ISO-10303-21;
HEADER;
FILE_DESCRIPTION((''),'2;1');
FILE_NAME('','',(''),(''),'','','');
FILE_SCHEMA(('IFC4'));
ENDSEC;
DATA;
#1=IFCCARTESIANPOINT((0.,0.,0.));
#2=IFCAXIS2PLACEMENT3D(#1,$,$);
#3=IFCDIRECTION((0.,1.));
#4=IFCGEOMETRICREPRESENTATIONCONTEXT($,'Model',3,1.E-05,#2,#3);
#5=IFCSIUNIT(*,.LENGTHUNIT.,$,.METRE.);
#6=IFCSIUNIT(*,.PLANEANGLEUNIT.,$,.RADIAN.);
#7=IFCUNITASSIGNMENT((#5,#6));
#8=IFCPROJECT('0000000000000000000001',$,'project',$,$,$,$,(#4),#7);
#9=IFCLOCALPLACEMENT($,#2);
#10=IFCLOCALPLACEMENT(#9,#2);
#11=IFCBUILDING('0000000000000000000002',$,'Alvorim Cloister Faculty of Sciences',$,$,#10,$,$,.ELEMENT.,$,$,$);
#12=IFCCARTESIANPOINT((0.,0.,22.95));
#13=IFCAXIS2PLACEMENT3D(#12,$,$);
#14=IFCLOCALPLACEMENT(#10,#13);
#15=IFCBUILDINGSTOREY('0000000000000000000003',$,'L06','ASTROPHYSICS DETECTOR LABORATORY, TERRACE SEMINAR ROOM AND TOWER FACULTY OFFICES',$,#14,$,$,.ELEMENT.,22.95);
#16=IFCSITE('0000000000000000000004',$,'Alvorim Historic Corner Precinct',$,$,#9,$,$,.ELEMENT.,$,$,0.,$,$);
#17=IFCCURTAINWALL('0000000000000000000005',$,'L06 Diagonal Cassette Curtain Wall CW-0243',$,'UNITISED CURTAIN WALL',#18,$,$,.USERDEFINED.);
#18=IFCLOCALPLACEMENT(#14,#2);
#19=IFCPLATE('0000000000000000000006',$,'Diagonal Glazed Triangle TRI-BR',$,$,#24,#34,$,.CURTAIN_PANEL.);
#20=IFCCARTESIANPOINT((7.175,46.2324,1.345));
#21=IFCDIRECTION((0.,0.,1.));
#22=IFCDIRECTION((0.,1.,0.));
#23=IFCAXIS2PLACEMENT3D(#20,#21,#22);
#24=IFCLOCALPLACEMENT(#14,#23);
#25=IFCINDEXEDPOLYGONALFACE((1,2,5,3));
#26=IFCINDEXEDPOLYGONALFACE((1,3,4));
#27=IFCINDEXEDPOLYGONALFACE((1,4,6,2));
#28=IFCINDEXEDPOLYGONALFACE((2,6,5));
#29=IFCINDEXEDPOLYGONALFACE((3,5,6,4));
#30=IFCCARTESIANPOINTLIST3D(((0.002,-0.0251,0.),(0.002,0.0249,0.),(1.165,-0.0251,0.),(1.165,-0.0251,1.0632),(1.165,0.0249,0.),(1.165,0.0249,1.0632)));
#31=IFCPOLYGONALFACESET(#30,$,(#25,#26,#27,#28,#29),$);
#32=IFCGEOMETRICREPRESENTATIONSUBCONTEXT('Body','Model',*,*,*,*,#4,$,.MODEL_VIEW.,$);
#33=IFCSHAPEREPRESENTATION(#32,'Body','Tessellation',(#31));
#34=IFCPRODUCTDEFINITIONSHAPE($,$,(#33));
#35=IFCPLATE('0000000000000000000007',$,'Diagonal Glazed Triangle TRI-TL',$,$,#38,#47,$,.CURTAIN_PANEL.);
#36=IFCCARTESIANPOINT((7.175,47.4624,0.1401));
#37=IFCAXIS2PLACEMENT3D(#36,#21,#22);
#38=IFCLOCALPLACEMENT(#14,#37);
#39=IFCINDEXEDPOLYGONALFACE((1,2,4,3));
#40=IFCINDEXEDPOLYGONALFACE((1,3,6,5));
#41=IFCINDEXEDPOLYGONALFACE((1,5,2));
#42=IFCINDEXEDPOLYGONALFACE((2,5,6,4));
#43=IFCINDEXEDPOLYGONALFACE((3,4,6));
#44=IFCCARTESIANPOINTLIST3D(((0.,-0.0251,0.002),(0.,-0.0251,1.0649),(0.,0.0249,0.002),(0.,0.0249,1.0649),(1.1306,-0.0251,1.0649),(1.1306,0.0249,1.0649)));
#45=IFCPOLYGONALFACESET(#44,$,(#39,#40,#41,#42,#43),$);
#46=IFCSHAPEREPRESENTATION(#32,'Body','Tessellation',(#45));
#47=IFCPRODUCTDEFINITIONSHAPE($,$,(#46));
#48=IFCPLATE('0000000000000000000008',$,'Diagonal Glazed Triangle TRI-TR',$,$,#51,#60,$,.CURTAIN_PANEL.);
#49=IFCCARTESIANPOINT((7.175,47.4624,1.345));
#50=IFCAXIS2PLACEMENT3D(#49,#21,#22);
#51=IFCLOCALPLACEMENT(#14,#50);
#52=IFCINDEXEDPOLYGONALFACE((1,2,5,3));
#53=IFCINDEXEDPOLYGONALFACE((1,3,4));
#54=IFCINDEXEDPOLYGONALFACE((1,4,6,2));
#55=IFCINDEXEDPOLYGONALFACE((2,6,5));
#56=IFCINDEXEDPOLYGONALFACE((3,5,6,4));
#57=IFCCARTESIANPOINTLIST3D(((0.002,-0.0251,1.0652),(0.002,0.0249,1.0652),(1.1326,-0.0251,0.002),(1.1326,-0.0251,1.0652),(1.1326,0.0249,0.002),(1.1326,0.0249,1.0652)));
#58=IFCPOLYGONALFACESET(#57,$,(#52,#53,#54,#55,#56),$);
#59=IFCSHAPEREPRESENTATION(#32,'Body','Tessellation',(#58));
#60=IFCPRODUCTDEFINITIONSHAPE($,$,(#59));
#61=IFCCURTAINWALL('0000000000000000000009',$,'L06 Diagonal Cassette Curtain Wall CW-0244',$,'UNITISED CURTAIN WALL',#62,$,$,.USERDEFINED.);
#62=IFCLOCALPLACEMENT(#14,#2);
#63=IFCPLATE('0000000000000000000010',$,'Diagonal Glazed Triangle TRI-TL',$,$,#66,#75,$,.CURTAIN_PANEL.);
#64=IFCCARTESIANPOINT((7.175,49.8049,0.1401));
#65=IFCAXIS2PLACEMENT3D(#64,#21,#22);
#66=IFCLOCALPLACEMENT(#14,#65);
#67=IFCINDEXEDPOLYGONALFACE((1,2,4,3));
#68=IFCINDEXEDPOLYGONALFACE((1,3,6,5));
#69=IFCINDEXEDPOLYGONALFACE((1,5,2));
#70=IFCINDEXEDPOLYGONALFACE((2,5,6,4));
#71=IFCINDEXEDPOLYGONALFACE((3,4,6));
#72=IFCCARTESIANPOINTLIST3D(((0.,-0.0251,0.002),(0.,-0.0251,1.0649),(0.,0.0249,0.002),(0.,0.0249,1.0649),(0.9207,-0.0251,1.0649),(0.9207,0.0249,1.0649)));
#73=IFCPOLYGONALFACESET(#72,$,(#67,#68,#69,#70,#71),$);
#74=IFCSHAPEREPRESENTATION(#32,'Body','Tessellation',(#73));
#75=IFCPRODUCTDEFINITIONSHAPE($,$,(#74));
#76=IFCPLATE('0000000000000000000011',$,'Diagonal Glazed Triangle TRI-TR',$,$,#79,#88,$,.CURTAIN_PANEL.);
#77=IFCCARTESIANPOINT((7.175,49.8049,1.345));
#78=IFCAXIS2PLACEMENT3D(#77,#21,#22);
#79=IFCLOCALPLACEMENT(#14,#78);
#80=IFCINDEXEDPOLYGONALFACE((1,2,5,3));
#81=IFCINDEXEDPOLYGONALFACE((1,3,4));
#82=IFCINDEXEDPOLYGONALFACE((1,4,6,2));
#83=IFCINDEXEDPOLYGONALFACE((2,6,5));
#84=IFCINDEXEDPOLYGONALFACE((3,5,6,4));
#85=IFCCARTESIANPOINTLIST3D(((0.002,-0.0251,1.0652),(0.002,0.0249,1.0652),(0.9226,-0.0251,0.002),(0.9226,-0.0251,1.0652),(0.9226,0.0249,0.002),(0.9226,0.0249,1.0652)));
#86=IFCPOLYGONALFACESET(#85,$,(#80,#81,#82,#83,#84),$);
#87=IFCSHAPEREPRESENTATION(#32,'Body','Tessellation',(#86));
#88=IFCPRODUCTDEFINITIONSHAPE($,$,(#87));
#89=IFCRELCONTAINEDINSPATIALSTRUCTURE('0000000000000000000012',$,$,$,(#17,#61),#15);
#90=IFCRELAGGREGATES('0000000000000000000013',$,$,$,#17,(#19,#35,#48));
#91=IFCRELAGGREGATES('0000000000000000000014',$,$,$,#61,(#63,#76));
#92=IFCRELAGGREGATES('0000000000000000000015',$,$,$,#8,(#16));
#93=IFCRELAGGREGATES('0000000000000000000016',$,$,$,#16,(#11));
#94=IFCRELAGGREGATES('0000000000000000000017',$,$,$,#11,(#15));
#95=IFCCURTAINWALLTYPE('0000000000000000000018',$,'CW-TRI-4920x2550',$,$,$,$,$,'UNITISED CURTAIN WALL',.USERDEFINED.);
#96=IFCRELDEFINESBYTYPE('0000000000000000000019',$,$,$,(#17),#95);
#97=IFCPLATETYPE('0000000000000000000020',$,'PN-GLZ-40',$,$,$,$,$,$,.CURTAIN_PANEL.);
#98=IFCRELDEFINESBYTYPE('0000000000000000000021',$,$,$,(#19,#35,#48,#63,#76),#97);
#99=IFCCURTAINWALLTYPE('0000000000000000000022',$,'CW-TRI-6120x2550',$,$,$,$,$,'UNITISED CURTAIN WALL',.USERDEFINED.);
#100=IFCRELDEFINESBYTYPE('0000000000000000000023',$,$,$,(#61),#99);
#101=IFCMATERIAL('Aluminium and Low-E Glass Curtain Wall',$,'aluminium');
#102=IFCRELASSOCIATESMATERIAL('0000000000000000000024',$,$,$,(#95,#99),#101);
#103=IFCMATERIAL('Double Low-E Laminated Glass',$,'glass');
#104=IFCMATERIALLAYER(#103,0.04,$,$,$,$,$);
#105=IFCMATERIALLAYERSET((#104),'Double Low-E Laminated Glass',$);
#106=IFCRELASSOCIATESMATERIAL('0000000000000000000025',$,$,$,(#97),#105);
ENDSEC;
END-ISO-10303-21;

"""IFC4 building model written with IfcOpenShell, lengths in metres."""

from ifc_helpers import new_model, si_unit, direction, frame, origin, place, context, subcontext, project, spatial, polyline, outline, extrude, material, layer, layer_set, type_object, element, aggregate, save


model = new_model("IFC4")

# Units and contexts
model_context = context("Model", 3, precision=1e-05, world=origin(), true_north=direction((0.0, 1.0)))
body_context = subcontext(model_context, "Body", "Model", "MODEL_VIEW")
ifc_project = project(units=[si_unit("LENGTHUNIT", "METRE"), si_unit("PLANEANGLEUNIT", "RADIAN")], contexts=[model_context])

# Site, building, storey
site_placement = place(None, origin())
site = spatial("IfcSite", under=ifc_project, at=site_placement, Name="Alvorim Historic Corner Precinct", CompositionType="ELEMENT", RefElevation=0.0)
building_placement = place(site_placement, origin())
building = spatial("IfcBuilding", under=site, at=building_placement, Name="Alvorim Cloister Faculty of Sciences", CompositionType="ELEMENT")
storey_placement = place(building_placement, frame((0.0, 0.0, 22.95)))
storey = spatial("IfcBuildingStorey", under=building, at=storey_placement, Name="L06", Description="ASTROPHYSICS DETECTOR LABORATORY, TERRACE SEMINAR ROOM AND TOWER FACULTY OFFICES", CompositionType="ELEMENT", Elevation=22.95)

# Curtain wall, plates
ifc_material_1 = material(Name="Aluminium and Low-E Glass Curtain Wall", Category="aluminium")
curtain_wall_type_1 = type_object("IfcCurtainWallType", Name="CW-TRI-4920x2550", ElementType="UNITISED CURTAIN WALL", PredefinedType="USERDEFINED", material=ifc_material_1)
curtain_wall_1_placement = place(storey_placement, origin())
curtain_wall_1 = element("IfcCurtainWall", 1, at=curtain_wall_1_placement, inside=storey, type_object=curtain_wall_type_1, Name="L06 Diagonal Cassette Curtain Wall CW-0243", ObjectType="UNITISED CURTAIN WALL", PredefinedType="USERDEFINED")
ifc_material_2 = material(Name="Double Low-E Laminated Glass", Category="glass")
ifc_layer_1 = layer(ifc_material_2, 0.04)
ifc_layer_set_1 = layer_set([ifc_layer_1], Name="Double Low-E Laminated Glass")
plate_type = type_object("IfcPlateType", Name="PN-GLZ-40", PredefinedType="CURTAIN_PANEL", material=ifc_layer_set_1)
plate_1_placement = place(storey_placement, frame((7.175, 46.2324, 1.345), z_axis=(0.0, 0.0, 1.0), x_axis=(0.0, 1.0, 0.0)))
plate_1 = element("IfcPlate", 2, at=plate_1_placement, type_object=plate_type, Name="Diagonal Glazed Triangle TRI-BR", PredefinedType="CURTAIN_PANEL", context=body_context, shape_type="SweptSolid", body=[
    extrude(outline(polyline([(0.002, 0.0), (1.165, 0.0), (1.165, 1.0632), (0.002, 0.0)])), frame((0.0, 0.0249, 0.0), z_axis=(0.0, -1.0, 0.0), x_axis=(1.0, 0.0, 0.0)), (0.0, 0.0, 1.0), 0.05),
])
plate_2_placement = place(storey_placement, frame((7.175, 47.4624, 0.1401), z_axis=(0.0, 0.0, 1.0), x_axis=(0.0, 1.0, 0.0)))
plate_2 = element("IfcPlate", 3, at=plate_2_placement, type_object=plate_type, Name="Diagonal Glazed Triangle TRI-TL", PredefinedType="CURTAIN_PANEL", context=body_context, shape_type="SweptSolid", body=[
    extrude(outline(polyline([(1.1306, 1.0649), (0.0, 1.0649), (0.0, 0.002), (1.1306, 1.0649)])), frame((0.0, 0.0249, 0.0), z_axis=(0.0, -1.0, 0.0), x_axis=(1.0, 0.0, 0.0)), (0.0, 0.0, 1.0), 0.05),
])
plate_3_placement = place(storey_placement, frame((7.175, 47.4624, 1.345), z_axis=(0.0, 0.0, 1.0), x_axis=(0.0, 1.0, 0.0)))
plate_3 = element("IfcPlate", 4, at=plate_3_placement, type_object=plate_type, Name="Diagonal Glazed Triangle TRI-TR", PredefinedType="CURTAIN_PANEL", context=body_context, shape_type="SweptSolid", body=[
    extrude(outline(polyline([(1.1326, 0.002), (1.1326, 1.0652), (0.002, 1.0652), (1.1326, 0.002)])), frame((0.0, 0.0249, 0.0), z_axis=(0.0, -1.0, 0.0), x_axis=(1.0, 0.0, 0.0)), (0.0, 0.0, 1.0), 0.05),
])
aggregate(curtain_wall_1, [plate_1, plate_2, plate_3])

# Curtain wall, plates
curtain_wall_type_2 = type_object("IfcCurtainWallType", Name="CW-TRI-6120x2550", ElementType="UNITISED CURTAIN WALL", PredefinedType="USERDEFINED", material=ifc_material_1)
curtain_wall_2_placement = place(storey_placement, origin())
curtain_wall_2 = element("IfcCurtainWall", 5, at=curtain_wall_2_placement, inside=storey, type_object=curtain_wall_type_2, Name="L06 Diagonal Cassette Curtain Wall CW-0244", ObjectType="UNITISED CURTAIN WALL", PredefinedType="USERDEFINED")
plate_4_placement = place(storey_placement, frame((7.175, 49.8049, 0.1401), z_axis=(0.0, 0.0, 1.0), x_axis=(0.0, 1.0, 0.0)))
plate_4 = element("IfcPlate", 6, at=plate_4_placement, type_object=plate_type, Name="Diagonal Glazed Triangle TRI-TL", PredefinedType="CURTAIN_PANEL", context=body_context, shape_type="SweptSolid", body=[
    extrude(outline(polyline([(0.9207, 1.0649), (0.0, 1.0649), (0.0, 0.002), (0.9207, 1.0649)])), frame((0.0, 0.0249, 0.0), z_axis=(0.0, -1.0, 0.0), x_axis=(1.0, 0.0, 0.0)), (0.0, 0.0, 1.0), 0.05),
])
plate_5_placement = place(storey_placement, frame((7.175, 49.8049, 1.345), z_axis=(0.0, 0.0, 1.0), x_axis=(0.0, 1.0, 0.0)))
plate_5 = element("IfcPlate", 7, at=plate_5_placement, type_object=plate_type, Name="Diagonal Glazed Triangle TRI-TR", PredefinedType="CURTAIN_PANEL", context=body_context, shape_type="SweptSolid", body=[
    extrude(outline(polyline([(0.9226, 0.002), (0.9226, 1.0652), (0.002, 1.0652), (0.9226, 0.002)])), frame((0.0, 0.0249, 0.0), z_axis=(0.0, -1.0, 0.0), x_axis=(1.0, 0.0, 0.0)), (0.0, 0.0, 1.0), 0.05),
])
aggregate(curtain_wall_2, [plate_4, plate_5])

save(model, "model.ifc")
